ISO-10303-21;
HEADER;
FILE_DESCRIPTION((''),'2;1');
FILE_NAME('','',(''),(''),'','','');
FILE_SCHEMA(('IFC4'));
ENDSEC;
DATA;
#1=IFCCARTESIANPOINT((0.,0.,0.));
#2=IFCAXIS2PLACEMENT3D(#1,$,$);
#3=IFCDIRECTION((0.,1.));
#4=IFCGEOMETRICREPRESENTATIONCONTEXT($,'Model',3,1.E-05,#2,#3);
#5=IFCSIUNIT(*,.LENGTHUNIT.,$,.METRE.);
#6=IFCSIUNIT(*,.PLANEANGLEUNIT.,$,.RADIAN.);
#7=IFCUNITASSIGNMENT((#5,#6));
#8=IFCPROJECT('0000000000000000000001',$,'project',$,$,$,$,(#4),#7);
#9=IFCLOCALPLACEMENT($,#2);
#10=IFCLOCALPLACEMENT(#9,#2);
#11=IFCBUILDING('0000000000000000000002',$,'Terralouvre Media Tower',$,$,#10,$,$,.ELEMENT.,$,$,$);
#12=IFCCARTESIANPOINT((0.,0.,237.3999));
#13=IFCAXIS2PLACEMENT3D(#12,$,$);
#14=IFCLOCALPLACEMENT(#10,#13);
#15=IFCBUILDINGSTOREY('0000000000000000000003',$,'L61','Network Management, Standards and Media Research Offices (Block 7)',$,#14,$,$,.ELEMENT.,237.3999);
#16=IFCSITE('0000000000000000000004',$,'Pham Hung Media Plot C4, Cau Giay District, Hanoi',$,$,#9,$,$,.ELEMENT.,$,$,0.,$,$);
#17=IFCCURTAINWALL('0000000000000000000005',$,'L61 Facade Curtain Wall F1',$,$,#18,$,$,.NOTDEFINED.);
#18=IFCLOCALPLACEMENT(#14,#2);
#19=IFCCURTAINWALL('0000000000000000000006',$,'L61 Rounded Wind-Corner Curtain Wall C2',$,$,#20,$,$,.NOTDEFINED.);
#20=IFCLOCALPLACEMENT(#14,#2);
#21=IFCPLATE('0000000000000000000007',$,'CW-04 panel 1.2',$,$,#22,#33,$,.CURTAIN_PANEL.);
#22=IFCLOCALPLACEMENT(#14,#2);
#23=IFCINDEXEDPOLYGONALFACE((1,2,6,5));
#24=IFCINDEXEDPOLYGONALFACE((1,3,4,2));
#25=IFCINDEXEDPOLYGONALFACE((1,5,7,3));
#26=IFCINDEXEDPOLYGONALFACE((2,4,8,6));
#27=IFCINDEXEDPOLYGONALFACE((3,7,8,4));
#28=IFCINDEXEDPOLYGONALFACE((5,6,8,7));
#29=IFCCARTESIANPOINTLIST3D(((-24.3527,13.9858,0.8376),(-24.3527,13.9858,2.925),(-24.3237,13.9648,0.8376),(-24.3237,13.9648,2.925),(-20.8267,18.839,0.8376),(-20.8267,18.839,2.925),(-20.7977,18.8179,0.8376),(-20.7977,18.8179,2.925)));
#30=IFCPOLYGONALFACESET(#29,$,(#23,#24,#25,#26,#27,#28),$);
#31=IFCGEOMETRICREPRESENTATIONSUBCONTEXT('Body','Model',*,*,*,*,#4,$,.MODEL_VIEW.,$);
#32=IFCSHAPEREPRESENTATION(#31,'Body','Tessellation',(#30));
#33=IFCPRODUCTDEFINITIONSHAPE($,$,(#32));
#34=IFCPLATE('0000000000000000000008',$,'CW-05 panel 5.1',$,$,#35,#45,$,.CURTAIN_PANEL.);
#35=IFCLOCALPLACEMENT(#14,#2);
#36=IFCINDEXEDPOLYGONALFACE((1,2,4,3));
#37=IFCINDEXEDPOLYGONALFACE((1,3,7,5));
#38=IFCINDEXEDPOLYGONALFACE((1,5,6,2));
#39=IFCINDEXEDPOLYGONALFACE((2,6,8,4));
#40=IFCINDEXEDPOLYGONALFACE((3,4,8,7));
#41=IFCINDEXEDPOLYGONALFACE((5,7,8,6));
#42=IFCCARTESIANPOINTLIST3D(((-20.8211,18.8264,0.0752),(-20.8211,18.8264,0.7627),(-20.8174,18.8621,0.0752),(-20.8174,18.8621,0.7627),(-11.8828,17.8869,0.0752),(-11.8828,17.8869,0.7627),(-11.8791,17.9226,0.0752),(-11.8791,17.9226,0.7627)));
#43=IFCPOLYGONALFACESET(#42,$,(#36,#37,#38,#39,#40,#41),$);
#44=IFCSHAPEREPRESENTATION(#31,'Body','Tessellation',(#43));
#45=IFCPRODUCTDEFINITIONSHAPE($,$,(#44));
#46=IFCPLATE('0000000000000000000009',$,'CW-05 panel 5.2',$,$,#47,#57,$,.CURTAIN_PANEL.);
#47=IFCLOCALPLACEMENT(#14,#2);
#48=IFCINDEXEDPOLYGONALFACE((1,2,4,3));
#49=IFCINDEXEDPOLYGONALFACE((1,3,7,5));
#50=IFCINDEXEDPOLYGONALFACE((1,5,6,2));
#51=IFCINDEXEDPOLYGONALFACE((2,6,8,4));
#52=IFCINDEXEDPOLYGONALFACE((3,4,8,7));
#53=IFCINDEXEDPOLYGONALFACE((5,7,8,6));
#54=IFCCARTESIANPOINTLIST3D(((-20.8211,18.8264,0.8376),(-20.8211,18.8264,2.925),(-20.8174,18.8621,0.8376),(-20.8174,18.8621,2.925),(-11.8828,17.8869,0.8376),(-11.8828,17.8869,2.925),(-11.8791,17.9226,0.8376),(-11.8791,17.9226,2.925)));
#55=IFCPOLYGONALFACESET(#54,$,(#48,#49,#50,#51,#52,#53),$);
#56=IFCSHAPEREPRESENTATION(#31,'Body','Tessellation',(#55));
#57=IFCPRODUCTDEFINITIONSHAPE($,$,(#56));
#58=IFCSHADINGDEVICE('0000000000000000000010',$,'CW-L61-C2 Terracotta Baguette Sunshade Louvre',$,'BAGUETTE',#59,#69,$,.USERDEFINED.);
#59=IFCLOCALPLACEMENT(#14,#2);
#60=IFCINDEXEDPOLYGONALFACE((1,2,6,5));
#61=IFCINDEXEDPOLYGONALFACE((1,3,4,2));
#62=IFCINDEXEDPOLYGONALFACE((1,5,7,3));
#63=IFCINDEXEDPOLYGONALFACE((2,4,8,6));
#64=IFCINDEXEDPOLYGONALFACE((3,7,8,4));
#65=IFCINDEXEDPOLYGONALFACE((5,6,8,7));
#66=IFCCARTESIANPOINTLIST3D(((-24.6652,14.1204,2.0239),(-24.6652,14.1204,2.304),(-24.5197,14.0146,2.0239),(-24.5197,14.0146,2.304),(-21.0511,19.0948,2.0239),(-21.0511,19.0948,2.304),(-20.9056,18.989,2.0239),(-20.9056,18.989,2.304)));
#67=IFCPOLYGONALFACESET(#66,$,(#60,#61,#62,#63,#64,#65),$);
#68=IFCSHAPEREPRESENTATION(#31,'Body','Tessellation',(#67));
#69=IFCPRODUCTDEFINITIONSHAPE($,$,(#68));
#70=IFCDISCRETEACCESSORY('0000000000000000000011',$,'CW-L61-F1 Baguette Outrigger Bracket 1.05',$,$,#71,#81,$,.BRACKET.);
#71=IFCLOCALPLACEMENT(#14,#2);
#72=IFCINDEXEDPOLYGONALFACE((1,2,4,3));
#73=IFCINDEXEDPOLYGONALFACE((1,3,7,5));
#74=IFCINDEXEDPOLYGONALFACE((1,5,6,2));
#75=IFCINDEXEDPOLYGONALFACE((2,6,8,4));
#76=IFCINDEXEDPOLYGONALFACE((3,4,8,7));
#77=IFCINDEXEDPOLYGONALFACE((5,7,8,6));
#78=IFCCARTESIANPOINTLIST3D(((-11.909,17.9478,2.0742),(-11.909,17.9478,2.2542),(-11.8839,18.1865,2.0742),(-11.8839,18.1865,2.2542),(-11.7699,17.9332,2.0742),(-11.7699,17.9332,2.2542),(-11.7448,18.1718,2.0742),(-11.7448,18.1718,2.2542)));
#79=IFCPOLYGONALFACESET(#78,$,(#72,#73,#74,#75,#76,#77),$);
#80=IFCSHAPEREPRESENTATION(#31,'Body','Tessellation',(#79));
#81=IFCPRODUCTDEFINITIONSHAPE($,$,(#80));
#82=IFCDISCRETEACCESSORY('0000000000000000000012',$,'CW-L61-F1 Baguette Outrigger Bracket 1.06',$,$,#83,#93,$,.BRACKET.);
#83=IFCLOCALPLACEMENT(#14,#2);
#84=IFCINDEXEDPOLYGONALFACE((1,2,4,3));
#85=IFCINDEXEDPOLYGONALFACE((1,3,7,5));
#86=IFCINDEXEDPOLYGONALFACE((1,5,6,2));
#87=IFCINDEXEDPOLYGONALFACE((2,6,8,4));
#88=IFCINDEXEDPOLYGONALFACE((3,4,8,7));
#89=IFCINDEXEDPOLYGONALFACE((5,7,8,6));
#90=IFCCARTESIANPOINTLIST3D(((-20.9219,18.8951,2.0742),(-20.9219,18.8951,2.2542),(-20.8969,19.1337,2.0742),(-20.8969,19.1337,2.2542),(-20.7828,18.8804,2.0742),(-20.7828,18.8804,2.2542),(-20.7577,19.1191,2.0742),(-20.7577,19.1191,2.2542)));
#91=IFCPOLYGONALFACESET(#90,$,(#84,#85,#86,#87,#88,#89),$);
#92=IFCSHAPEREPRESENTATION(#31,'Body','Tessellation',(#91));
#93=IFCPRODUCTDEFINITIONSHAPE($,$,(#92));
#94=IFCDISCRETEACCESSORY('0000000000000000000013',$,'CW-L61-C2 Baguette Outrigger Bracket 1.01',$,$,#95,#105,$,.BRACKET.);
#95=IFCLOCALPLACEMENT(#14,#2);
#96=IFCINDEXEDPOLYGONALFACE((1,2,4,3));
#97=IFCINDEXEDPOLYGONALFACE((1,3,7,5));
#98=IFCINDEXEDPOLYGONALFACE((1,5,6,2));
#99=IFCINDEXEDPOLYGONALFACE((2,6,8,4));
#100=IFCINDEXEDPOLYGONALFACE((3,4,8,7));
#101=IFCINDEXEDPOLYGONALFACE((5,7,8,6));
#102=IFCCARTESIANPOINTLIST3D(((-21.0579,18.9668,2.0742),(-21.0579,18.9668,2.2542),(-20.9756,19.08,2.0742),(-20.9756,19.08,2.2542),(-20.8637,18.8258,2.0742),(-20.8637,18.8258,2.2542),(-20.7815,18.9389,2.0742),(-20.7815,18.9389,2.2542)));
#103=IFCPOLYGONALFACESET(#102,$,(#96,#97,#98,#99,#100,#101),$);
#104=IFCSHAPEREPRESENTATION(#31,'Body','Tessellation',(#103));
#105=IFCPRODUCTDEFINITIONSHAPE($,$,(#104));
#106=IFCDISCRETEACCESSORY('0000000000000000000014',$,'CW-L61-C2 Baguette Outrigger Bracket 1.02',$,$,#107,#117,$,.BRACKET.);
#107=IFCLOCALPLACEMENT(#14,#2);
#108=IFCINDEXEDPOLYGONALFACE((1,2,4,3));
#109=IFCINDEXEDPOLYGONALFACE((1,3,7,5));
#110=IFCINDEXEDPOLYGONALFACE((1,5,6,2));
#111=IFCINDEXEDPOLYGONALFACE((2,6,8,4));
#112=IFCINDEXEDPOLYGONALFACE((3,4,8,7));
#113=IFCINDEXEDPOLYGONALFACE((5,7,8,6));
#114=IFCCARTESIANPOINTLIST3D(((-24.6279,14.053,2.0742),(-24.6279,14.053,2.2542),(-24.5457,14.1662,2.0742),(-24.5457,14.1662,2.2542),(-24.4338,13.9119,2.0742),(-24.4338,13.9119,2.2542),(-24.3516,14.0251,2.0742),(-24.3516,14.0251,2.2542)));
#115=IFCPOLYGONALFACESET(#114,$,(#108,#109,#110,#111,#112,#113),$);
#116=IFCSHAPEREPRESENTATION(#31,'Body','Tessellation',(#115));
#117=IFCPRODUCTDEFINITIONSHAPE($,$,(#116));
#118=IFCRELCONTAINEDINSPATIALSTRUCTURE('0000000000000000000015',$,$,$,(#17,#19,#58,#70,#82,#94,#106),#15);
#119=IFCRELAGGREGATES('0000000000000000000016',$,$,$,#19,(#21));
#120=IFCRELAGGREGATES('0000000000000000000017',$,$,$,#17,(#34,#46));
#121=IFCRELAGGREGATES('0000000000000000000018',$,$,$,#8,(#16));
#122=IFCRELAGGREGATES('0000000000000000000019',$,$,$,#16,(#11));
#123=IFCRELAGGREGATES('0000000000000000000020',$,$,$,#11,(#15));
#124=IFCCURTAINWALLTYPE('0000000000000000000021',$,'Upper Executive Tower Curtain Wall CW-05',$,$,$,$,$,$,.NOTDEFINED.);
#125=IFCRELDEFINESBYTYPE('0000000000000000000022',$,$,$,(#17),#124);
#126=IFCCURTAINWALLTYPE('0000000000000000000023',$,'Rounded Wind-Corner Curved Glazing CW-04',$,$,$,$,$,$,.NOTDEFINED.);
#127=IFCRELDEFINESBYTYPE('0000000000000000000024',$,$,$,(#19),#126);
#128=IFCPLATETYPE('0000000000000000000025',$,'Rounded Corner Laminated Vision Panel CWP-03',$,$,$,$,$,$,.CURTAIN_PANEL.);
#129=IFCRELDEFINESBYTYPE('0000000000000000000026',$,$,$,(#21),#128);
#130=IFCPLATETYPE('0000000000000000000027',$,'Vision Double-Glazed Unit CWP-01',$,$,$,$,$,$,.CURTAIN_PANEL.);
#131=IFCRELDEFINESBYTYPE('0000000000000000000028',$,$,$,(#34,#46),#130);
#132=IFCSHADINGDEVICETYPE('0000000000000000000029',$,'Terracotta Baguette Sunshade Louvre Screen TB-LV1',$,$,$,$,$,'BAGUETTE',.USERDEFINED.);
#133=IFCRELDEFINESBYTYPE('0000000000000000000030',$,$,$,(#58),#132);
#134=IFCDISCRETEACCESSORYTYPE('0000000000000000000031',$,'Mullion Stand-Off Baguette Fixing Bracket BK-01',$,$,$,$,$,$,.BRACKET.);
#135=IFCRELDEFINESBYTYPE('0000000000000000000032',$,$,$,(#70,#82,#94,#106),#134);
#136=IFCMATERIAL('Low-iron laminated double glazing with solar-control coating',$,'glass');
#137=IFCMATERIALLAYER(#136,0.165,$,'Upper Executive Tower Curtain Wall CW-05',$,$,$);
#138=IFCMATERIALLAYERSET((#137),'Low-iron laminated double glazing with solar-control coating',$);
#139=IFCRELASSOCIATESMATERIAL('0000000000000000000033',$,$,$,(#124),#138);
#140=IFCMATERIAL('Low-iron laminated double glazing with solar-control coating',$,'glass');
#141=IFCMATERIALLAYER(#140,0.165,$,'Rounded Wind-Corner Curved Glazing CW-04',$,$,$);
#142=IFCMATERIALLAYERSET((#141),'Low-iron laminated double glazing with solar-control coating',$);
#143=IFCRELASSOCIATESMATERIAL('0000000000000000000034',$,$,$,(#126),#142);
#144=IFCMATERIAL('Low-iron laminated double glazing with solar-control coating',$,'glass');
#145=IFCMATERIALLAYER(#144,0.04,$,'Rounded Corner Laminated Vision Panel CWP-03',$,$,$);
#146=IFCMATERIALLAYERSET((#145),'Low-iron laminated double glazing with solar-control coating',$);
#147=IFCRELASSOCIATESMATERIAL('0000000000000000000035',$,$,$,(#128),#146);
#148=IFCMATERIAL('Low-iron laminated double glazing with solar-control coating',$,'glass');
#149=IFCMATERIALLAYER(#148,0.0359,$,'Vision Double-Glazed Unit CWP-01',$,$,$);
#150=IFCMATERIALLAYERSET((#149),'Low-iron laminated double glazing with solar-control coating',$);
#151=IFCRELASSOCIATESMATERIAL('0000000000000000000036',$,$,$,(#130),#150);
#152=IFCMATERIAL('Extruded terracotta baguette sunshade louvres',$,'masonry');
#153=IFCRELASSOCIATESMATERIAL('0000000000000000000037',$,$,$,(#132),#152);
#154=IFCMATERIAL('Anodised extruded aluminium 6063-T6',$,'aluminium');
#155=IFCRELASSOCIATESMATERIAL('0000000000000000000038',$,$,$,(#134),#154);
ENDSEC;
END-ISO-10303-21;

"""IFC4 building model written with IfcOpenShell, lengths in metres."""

from ifc_helpers import new_model, si_unit, direction, frame, origin, origin_2d, place, context, subcontext, project, spatial, rectangle, extrude, material, layer, layer_set, type_object, element, aggregate, save


model = new_model("IFC4")

# Units and contexts
model_context = context("Model", 3, precision=1e-05, world=origin(), true_north=direction((0.0, 1.0)))
body_context = subcontext(model_context, "Body", "Model", "MODEL_VIEW")
ifc_project = project(units=[si_unit("LENGTHUNIT", "METRE"), si_unit("PLANEANGLEUNIT", "RADIAN")], contexts=[model_context])

# Site, building, storey
site_placement = place(None, origin())
site = spatial("IfcSite", under=ifc_project, at=site_placement, Name="Pham Hung Media Plot C4, Cau Giay District, Hanoi", CompositionType="ELEMENT", RefElevation=0.0)
building_placement = place(site_placement, origin())
building = spatial("IfcBuilding", under=site, at=building_placement, Name="Terralouvre Media Tower", CompositionType="ELEMENT")
storey_placement = place(building_placement, frame((0.0, 0.0, 237.3999)))
storey = spatial("IfcBuildingStorey", under=building, at=storey_placement, Name="L61", Description="Network Management, Standards and Media Research Offices (Block 7)", CompositionType="ELEMENT", Elevation=237.3999)

# Curtain walls
ifc_material_1 = material(Name="Low-iron laminated double glazing with solar-control coating", Category="glass")
ifc_layer_1 = layer(ifc_material_1, 0.165, Name="Upper Executive Tower Curtain Wall CW-05")
ifc_layer_set_1 = layer_set([ifc_layer_1], Name="Low-iron laminated double glazing with solar-control coating")
curtain_wall_type_1 = type_object("IfcCurtainWallType", Name="Upper Executive Tower Curtain Wall CW-05", PredefinedType="NOTDEFINED", material=ifc_layer_set_1)
curtain_wall_1_placement = place(storey_placement, origin())
curtain_wall_1 = element("IfcCurtainWall", 1, at=curtain_wall_1_placement, inside=storey, type_object=curtain_wall_type_1, Name="L61 Facade Curtain Wall F1", PredefinedType="NOTDEFINED")
ifc_material_2 = material(Name="Low-iron laminated double glazing with solar-control coating", Category="glass")
ifc_layer_2 = layer(ifc_material_2, 0.165, Name="Rounded Wind-Corner Curved Glazing CW-04")
ifc_layer_set_2 = layer_set([ifc_layer_2], Name="Low-iron laminated double glazing with solar-control coating")
curtain_wall_type_2 = type_object("IfcCurtainWallType", Name="Rounded Wind-Corner Curved Glazing CW-04", PredefinedType="NOTDEFINED", material=ifc_layer_set_2)
curtain_wall_2_placement = place(storey_placement, origin())
curtain_wall_2 = element("IfcCurtainWall", 2, at=curtain_wall_2_placement, inside=storey, type_object=curtain_wall_type_2, Name="L61 Rounded Wind-Corner Curtain Wall C2", PredefinedType="NOTDEFINED")

# Plates
ifc_material_3 = material(Name="Low-iron laminated double glazing with solar-control coating", Category="glass")
ifc_layer_3 = layer(ifc_material_3, 0.04, Name="Rounded Corner Laminated Vision Panel CWP-03")
ifc_layer_set_3 = layer_set([ifc_layer_3], Name="Low-iron laminated double glazing with solar-control coating")
plate_type_1 = type_object("IfcPlateType", Name="Rounded Corner Laminated Vision Panel CWP-03", PredefinedType="CURTAIN_PANEL", material=ifc_layer_set_3)
plate_1_placement = place(storey_placement, frame((-22.5752, 16.4019, 0.8376), z_axis=(0.0, 0.0, 1.0), x_axis=(-0.587786, -0.809017, 0.0)))
plate_1 = element("IfcPlate", 3, at=plate_1_placement, type_object=plate_type_1, Name="CW-04 panel 1.2", PredefinedType="CURTAIN_PANEL", context=body_context, shape_type="SweptSolid", body=[
    extrude(rectangle(XDim=5.9988, YDim=0.0359, at=origin_2d()), origin(), (0.0, 0.0, 1.0), 2.0874),
])
aggregate(curtain_wall_2, [plate_1])
ifc_material_4 = material(Name="Low-iron laminated double glazing with solar-control coating", Category="glass")
ifc_layer_4 = layer(ifc_material_4, 0.0359, Name="Vision Double-Glazed Unit CWP-01")
ifc_layer_set_4 = layer_set([ifc_layer_4], Name="Low-iron laminated double glazing with solar-control coating")
plate_type_2 = type_object("IfcPlateType", Name="Vision Double-Glazed Unit CWP-01", PredefinedType="CURTAIN_PANEL", material=ifc_layer_set_4)
plate_2_placement = place(storey_placement, frame((-16.3501, 18.3745, 0.0752), z_axis=(0.0, 0.0, 1.0), x_axis=(-0.994522, 0.104529, 0.0)))
plate_2 = element("IfcPlate", 4, at=plate_2_placement, type_object=plate_type_2, Name="CW-05 panel 5.1", PredefinedType="CURTAIN_PANEL", context=body_context, shape_type="SweptSolid", body=[
    extrude(rectangle(XDim=8.9875, YDim=0.0359, at=origin_2d()), origin(), (0.0, 0.0, 1.0), 0.6875),
])
plate_3_placement = place(storey_placement, frame((-16.3501, 18.3745, 0.8376), z_axis=(0.0, 0.0, 1.0), x_axis=(-0.994522, 0.104529, 0.0)))
plate_3 = element("IfcPlate", 5, at=plate_3_placement, type_object=plate_type_2, Name="CW-05 panel 5.2", PredefinedType="CURTAIN_PANEL", context=body_context, shape_type="SweptSolid", body=[
    extrude(rectangle(XDim=8.9875, YDim=0.0359, at=origin_2d()), origin(), (0.0, 0.0, 1.0), 2.0874),
])
aggregate(curtain_wall_1, [plate_2, plate_3])

# Shading device
ifc_material_5 = material(Name="Extruded terracotta baguette sunshade louvres", Category="masonry")
shading_device_type = type_object("IfcShadingDeviceType", Name="Terracotta Baguette Sunshade Louvre Screen TB-LV1", ElementType="BAGUETTE", PredefinedType="USERDEFINED", material=ifc_material_5)
shading_device_placement = place(storey_placement, frame((-22.7854, 16.5547, 2.0239), z_axis=(0.0, 0.0, 1.0), x_axis=(-0.587786, -0.809017, 0.0)))
element("IfcShadingDevice", 6, at=shading_device_placement, inside=storey, type_object=shading_device_type, Name="CW-L61-C2 Terracotta Baguette Sunshade Louvre", ObjectType="BAGUETTE", PredefinedType="USERDEFINED", context=body_context, shape_type="SweptSolid", body=[
    extrude(rectangle(XDim=6.1487, YDim=0.1799, at=origin_2d()), origin(), (0.0, 0.0, 1.0), 0.28),
])

# Discrete accessories
ifc_material_6 = material(Name="Anodised extruded aluminium 6063-T6", Category="aluminium")
discrete_accessory_type = type_object("IfcDiscreteAccessoryType", Name="Mullion Stand-Off Baguette Fixing Bracket BK-01", PredefinedType="BRACKET", material=ifc_material_6)
for number, where, z_axis, x_axis, name in (
    (7, (-11.8269, 18.0598, 2.0742), (0.0, 0.0, 1.0), (-0.994522, 0.104529, 0.0), "CW-L61-F1 Baguette Outrigger Bracket 1.05"),
    (8, (-20.8398, 19.0071, 2.0742), (0.0, 0.0, 1.0), (-0.994522, 0.104529, 0.0), "CW-L61-F1 Baguette Outrigger Bracket 1.06"),
    (9, (-20.9197, 18.9529, 2.0742), (0.0, 0.0, 1.0), (-0.587786, -0.809017, 0.0), "CW-L61-C2 Baguette Outrigger Bracket 1.01"),
    (10, (-24.4897, 14.0391, 2.0742), (0.0, 0.0, 1.0), (-0.587786, -0.809017, 0.0), "CW-L61-C2 Baguette Outrigger Bracket 1.02"),
):
    element("IfcDiscreteAccessory", number, at=place(storey_placement, frame(where, z_axis=z_axis, x_axis=x_axis)), inside=storey, type_object=discrete_accessory_type, Name=name, PredefinedType="BRACKET", context=body_context, shape_type="SweptSolid", body=[
        extrude(rectangle(XDim=0.1399, YDim=0.24, at=origin_2d()), origin(), (0.0, 0.0, 1.0), 0.1799),
    ])

save(model, "model.ifc")
